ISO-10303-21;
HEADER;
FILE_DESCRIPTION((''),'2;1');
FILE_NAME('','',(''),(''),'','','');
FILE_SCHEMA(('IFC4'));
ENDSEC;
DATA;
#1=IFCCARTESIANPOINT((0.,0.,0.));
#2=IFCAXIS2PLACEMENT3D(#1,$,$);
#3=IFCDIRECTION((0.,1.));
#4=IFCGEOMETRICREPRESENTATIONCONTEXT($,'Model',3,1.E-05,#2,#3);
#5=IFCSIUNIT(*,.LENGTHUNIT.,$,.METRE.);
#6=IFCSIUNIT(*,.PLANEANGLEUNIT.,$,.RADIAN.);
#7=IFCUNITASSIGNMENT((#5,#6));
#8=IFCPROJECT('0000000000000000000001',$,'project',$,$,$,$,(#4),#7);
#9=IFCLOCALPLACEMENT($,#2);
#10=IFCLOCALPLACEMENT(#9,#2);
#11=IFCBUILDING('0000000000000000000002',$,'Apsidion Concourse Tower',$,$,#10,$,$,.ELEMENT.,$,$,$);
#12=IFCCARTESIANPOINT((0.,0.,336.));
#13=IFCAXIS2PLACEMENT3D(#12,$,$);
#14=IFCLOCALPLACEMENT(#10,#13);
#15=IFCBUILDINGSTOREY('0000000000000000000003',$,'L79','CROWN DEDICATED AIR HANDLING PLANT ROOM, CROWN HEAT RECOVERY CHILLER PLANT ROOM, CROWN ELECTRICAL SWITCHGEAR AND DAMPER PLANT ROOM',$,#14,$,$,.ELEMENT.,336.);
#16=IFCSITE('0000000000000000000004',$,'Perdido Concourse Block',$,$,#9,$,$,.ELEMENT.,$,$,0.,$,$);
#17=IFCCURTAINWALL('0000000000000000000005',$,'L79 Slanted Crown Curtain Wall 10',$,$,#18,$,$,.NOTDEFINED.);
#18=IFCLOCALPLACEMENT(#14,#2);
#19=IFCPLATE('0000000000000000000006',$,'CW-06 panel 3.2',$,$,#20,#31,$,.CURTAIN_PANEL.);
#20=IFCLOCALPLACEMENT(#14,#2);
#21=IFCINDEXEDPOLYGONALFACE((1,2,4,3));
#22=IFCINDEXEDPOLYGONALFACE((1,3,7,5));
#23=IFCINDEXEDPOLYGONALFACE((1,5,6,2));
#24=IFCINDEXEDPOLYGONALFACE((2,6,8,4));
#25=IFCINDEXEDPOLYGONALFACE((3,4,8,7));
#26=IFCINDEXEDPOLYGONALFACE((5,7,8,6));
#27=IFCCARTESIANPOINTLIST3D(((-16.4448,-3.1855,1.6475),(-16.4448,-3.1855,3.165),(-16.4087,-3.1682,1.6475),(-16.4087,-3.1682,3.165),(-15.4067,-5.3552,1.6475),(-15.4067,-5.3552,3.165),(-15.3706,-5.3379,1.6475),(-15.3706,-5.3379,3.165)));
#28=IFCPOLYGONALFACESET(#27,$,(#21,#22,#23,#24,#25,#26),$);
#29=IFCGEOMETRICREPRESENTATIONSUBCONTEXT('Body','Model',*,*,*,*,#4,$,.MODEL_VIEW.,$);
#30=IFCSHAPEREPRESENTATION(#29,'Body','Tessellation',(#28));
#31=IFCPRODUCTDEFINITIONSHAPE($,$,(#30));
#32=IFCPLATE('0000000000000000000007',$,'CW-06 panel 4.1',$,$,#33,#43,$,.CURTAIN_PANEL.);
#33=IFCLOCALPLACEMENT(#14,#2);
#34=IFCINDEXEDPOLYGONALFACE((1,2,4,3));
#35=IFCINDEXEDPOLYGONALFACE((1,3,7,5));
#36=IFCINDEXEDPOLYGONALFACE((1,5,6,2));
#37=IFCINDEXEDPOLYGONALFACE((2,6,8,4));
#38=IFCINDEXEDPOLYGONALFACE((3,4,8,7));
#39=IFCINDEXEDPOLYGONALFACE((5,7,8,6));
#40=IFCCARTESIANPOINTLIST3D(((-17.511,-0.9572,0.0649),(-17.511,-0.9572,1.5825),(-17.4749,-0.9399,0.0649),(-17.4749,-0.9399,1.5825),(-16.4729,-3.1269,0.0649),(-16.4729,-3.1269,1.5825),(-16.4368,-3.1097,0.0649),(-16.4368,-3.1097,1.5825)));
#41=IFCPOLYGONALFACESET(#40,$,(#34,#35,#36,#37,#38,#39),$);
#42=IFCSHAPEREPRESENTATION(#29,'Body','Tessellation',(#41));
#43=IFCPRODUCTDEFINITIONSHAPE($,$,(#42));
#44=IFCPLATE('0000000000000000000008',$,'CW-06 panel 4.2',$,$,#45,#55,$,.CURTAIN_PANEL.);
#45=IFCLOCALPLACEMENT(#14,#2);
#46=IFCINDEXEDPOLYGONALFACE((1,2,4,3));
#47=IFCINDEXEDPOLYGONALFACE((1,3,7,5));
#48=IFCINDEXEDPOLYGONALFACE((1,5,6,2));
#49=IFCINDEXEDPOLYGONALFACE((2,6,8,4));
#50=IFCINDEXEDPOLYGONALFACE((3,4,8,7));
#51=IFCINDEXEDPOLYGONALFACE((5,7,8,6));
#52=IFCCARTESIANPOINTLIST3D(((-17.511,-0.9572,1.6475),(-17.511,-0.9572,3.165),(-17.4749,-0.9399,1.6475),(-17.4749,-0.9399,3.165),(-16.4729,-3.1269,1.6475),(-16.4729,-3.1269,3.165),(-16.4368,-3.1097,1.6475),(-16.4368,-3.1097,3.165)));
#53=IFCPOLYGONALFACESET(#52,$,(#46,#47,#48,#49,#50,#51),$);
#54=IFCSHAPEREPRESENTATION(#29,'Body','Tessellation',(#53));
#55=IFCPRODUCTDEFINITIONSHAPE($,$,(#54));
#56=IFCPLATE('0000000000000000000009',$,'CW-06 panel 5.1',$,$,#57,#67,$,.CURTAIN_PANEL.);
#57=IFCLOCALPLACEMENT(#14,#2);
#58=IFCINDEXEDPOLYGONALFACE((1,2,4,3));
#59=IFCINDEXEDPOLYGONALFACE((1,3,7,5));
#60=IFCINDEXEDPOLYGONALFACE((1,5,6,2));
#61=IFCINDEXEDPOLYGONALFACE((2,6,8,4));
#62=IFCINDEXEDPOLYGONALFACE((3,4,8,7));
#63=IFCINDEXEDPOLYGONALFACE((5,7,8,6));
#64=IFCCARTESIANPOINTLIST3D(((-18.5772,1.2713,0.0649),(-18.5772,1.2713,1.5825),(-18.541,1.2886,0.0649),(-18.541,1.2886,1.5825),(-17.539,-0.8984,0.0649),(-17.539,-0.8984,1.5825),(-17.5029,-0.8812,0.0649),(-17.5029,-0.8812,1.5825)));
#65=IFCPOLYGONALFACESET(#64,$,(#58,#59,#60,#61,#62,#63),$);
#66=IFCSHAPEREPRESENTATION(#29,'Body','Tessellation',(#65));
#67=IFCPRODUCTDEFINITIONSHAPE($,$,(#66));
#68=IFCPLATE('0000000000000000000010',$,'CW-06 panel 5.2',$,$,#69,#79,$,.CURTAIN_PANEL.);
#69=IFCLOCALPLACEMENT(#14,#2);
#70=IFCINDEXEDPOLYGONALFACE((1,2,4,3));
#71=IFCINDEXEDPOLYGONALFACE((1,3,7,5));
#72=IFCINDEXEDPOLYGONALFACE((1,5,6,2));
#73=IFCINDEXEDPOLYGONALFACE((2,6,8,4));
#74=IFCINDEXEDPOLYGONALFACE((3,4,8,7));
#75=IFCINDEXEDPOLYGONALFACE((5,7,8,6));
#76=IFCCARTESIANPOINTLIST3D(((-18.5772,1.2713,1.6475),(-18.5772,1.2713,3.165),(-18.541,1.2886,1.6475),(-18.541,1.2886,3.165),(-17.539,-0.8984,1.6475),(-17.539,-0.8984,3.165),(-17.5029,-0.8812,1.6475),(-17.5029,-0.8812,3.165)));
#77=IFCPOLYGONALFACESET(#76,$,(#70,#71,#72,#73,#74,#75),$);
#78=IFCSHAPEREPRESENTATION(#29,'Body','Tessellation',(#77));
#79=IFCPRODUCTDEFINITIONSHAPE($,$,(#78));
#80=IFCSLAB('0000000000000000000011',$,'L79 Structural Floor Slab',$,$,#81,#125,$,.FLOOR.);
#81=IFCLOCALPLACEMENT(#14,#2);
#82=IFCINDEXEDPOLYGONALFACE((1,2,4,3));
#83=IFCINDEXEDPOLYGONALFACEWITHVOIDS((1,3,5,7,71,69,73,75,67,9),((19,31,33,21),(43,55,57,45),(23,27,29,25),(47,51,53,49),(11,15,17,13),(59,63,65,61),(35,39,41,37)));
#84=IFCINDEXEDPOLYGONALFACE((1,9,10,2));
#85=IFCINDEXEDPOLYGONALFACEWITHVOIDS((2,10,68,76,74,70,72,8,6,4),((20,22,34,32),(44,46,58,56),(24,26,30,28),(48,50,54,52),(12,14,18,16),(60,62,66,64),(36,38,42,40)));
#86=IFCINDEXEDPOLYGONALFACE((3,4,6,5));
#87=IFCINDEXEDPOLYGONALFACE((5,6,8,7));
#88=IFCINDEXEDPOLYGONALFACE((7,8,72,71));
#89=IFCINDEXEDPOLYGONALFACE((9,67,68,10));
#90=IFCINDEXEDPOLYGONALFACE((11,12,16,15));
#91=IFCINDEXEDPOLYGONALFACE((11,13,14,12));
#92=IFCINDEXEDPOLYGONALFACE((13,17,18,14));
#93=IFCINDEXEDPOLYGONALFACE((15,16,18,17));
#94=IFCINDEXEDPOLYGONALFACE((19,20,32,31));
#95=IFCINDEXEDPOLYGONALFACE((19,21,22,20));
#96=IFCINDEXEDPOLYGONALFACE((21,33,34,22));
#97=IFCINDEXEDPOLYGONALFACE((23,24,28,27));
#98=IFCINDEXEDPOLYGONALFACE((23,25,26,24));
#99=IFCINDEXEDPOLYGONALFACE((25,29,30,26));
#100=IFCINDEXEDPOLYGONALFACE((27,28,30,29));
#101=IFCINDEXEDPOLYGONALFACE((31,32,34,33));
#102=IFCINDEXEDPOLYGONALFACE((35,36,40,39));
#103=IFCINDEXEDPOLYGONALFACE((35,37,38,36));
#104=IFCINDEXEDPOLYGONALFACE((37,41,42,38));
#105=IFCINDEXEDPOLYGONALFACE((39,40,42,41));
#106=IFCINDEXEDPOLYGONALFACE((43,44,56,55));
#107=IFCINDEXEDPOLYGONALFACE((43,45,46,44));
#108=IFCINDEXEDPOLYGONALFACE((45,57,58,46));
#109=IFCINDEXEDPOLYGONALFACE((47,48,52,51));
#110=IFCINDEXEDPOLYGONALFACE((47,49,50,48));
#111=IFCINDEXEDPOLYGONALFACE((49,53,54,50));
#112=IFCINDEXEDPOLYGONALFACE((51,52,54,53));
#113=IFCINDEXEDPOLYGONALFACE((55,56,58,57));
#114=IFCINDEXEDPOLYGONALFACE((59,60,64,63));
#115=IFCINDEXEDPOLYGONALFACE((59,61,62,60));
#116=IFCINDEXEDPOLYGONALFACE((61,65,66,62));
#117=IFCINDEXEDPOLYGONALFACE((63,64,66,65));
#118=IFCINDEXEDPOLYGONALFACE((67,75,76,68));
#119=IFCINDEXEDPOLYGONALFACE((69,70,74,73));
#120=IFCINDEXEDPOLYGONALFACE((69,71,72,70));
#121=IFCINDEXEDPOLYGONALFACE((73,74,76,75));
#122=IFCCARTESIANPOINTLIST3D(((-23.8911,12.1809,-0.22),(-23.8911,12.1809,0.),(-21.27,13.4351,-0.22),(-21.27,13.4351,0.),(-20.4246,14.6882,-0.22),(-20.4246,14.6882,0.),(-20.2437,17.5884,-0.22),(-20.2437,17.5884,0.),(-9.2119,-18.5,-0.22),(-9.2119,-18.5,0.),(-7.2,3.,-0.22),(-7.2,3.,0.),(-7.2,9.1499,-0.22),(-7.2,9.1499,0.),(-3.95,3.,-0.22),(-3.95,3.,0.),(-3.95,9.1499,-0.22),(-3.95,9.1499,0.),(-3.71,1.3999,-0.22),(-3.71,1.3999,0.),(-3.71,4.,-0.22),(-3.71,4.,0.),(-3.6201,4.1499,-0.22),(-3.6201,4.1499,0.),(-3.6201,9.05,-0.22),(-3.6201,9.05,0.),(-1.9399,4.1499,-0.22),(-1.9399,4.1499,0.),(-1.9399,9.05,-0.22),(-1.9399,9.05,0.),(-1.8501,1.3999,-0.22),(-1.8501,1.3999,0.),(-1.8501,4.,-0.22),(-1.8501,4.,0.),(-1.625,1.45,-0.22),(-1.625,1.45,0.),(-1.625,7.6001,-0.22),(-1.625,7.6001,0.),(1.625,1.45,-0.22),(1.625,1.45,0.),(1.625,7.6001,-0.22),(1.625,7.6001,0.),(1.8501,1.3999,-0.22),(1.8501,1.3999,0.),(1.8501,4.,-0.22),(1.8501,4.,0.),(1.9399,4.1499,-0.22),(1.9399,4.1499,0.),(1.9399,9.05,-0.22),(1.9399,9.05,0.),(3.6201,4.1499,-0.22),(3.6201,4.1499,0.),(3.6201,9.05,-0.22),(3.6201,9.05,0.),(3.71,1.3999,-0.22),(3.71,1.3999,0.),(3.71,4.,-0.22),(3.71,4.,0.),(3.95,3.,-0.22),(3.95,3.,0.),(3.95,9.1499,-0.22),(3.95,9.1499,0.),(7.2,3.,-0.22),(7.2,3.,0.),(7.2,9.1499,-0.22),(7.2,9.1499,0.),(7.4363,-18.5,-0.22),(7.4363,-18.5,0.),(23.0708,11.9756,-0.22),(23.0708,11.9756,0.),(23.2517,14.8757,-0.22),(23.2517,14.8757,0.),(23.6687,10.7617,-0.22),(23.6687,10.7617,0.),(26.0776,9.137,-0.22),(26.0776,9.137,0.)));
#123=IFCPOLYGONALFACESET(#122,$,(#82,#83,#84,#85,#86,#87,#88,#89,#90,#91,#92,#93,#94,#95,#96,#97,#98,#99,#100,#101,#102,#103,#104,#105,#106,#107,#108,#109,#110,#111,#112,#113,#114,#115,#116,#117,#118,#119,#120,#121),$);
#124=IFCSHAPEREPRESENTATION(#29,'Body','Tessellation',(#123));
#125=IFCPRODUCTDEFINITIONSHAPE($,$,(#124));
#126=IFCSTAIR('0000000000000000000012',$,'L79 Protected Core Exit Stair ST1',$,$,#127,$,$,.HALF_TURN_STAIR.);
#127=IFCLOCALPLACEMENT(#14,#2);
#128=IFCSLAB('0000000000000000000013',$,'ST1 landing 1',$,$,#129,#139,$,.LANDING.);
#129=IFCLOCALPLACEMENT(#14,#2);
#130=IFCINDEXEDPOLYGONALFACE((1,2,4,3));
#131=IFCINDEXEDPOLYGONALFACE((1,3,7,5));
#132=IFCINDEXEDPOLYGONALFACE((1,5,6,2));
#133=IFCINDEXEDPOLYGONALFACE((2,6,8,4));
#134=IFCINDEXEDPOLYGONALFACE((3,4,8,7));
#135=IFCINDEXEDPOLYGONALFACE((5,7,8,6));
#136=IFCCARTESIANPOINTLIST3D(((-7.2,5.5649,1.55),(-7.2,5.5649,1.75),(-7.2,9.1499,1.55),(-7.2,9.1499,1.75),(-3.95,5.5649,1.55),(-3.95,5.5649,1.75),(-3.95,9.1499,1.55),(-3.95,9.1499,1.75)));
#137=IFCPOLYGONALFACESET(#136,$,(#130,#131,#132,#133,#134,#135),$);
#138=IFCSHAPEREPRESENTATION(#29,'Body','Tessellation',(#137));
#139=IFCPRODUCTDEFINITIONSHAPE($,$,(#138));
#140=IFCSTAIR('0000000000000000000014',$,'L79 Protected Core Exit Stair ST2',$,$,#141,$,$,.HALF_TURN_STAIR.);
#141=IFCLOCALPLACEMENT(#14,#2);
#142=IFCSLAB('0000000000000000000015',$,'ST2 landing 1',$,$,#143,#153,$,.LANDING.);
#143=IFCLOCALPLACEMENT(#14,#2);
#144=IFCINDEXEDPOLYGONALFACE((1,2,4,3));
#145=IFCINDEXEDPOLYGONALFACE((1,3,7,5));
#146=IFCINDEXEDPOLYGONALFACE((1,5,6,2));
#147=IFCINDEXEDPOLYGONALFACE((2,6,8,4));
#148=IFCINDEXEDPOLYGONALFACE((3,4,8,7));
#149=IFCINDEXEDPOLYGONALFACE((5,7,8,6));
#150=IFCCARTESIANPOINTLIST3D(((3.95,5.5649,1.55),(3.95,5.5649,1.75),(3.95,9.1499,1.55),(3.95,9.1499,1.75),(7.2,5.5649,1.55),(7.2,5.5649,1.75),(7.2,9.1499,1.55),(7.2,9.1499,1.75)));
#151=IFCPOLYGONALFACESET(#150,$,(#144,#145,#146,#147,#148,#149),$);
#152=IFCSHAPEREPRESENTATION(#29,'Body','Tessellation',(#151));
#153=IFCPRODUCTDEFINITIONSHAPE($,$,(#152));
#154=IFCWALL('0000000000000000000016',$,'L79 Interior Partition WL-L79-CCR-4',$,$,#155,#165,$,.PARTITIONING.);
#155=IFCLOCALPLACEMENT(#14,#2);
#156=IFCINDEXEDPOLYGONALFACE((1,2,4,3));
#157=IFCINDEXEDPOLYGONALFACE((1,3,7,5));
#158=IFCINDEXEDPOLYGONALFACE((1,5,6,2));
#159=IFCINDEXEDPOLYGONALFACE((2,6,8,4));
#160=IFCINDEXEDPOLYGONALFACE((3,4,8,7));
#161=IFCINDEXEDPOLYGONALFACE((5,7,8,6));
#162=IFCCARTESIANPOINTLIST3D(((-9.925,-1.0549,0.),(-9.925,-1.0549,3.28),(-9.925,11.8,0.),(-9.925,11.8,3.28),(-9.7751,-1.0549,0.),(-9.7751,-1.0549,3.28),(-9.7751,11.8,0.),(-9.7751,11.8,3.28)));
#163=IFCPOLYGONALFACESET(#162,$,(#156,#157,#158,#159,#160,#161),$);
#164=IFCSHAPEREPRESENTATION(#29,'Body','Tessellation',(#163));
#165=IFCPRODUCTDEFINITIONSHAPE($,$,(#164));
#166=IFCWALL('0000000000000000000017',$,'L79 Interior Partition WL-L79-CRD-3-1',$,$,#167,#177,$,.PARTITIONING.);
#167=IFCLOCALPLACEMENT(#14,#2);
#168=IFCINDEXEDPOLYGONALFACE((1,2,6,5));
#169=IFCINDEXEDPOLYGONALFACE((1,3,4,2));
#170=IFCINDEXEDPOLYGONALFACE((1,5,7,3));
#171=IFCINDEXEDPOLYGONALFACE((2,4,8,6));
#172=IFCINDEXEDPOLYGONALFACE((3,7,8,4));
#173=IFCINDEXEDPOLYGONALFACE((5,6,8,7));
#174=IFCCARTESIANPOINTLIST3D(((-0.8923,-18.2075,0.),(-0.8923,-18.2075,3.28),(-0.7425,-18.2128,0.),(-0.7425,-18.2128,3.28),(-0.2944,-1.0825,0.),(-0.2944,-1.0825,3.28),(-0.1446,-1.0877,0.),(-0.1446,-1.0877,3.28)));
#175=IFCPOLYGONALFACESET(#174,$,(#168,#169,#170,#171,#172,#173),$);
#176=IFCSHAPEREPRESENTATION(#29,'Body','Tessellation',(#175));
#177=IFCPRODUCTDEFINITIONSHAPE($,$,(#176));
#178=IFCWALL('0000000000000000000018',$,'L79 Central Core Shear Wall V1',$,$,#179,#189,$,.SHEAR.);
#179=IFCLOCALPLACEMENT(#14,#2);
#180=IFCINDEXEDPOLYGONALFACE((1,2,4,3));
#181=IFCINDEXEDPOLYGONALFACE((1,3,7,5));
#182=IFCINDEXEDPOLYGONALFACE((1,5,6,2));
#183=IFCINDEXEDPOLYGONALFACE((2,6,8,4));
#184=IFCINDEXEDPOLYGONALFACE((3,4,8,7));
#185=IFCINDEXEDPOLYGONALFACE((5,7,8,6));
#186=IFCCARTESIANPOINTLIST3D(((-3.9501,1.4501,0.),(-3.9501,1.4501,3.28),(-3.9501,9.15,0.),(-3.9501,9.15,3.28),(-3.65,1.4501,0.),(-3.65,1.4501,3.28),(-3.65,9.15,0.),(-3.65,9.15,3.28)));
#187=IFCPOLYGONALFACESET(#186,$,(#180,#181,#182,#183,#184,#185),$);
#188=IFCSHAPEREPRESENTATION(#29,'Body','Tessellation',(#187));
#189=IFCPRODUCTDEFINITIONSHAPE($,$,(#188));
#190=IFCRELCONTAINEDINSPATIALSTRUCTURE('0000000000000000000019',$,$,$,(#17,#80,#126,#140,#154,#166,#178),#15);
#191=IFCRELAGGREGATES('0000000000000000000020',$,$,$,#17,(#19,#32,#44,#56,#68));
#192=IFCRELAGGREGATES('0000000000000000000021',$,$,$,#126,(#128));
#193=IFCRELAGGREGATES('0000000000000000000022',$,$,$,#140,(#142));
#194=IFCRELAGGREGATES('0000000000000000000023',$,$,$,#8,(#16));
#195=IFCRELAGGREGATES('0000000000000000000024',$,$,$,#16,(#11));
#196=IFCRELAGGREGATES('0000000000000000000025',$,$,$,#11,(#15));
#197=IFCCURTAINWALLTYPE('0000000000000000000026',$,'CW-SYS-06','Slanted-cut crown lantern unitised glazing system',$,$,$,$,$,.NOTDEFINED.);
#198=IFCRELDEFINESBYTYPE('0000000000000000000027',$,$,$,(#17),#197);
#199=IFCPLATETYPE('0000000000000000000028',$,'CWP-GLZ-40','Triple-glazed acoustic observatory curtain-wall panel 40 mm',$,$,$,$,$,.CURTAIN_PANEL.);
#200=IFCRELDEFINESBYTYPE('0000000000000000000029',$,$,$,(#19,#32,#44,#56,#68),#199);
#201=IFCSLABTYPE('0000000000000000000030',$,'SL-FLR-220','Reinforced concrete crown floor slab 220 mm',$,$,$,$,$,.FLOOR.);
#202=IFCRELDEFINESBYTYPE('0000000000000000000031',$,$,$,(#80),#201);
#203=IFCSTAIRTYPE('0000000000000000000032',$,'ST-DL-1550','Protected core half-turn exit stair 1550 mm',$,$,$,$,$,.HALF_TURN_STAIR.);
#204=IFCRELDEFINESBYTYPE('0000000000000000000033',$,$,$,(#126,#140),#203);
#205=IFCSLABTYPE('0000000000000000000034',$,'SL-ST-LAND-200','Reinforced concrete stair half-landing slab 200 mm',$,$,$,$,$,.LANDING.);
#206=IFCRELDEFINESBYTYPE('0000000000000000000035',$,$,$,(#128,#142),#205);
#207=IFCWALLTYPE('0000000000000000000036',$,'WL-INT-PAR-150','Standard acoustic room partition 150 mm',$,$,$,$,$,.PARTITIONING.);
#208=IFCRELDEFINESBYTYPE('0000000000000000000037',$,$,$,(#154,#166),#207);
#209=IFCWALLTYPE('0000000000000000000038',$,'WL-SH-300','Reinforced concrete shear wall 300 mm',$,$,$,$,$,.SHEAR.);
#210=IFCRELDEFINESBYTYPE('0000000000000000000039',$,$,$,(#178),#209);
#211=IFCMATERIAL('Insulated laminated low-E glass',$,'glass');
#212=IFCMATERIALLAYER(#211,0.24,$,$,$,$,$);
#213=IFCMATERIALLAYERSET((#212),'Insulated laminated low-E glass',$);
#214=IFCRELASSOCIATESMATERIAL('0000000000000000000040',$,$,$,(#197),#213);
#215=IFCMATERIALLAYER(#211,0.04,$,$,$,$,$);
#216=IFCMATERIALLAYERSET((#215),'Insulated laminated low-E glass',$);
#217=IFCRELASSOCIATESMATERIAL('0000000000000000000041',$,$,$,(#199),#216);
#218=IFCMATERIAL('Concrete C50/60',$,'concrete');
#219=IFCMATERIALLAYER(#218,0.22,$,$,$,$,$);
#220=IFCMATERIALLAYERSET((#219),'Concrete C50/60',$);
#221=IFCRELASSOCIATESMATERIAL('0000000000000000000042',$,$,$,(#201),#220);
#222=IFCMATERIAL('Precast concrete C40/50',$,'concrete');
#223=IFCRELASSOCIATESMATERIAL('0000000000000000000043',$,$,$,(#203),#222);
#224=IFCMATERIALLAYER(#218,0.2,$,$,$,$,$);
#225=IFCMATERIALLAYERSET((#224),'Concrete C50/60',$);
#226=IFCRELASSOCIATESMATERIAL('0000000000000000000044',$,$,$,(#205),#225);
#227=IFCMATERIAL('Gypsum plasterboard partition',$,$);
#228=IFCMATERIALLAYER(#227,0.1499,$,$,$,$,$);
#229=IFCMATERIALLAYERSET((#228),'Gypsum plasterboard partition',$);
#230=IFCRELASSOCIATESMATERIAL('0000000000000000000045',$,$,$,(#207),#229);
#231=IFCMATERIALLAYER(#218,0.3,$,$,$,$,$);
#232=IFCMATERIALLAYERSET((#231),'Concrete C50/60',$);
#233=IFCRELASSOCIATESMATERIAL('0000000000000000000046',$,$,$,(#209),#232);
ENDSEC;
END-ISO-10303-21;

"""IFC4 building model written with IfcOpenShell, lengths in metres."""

from ifc_helpers import new_model, si_unit, direction, frame, frame_2d, origin, origin_2d, place, context, subcontext, project, spatial, polyline, rectangle, outline, extrude, material, layer, layer_set, type_object, element, aggregate, save


model = new_model("IFC4")

# Units and contexts
model_context = context("Model", 3, precision=1e-05, world=origin(), true_north=direction((0.0, 1.0)))
body_context = subcontext(model_context, "Body", "Model", "MODEL_VIEW")
ifc_project = project(units=[si_unit("LENGTHUNIT", "METRE"), si_unit("PLANEANGLEUNIT", "RADIAN")], contexts=[model_context])

# Site, building, storey
site_placement = place(None, origin())
site = spatial("IfcSite", under=ifc_project, at=site_placement, Name="Perdido Concourse Block", CompositionType="ELEMENT", RefElevation=0.0)
building_placement = place(site_placement, origin())
building = spatial("IfcBuilding", under=site, at=building_placement, Name="Apsidion Concourse Tower", CompositionType="ELEMENT")
storey_placement = place(building_placement, frame((0.0, 0.0, 336.0)))
storey = spatial("IfcBuildingStorey", under=building, at=storey_placement, Name="L79", Description="CROWN DEDICATED AIR HANDLING PLANT ROOM, CROWN HEAT RECOVERY CHILLER PLANT ROOM, CROWN ELECTRICAL SWITCHGEAR AND DAMPER PLANT ROOM", CompositionType="ELEMENT", Elevation=336.0)

# Shared definitions
ifc_material_1 = material(Name="Concrete C50/60", Category="concrete")

# Curtain wall, plates
ifc_material_2 = material(Name="Insulated laminated low-E glass", Category="glass")
ifc_layer_1 = layer(ifc_material_2, 0.24)
ifc_layer_set_1 = layer_set([ifc_layer_1], Name="Insulated laminated low-E glass")
curtain_wall_type = type_object("IfcCurtainWallType", Name="CW-SYS-06", Description="Slanted-cut crown lantern unitised glazing system", PredefinedType="NOTDEFINED", material=ifc_layer_set_1)
curtain_wall_placement = place(storey_placement, origin())
curtain_wall = element("IfcCurtainWall", 1, at=curtain_wall_placement, inside=storey, type_object=curtain_wall_type, Name="L79 Slanted Crown Curtain Wall 10", PredefinedType="NOTDEFINED")
ifc_layer_2 = layer(ifc_material_2, 0.04)
ifc_layer_set_2 = layer_set([ifc_layer_2], Name="Insulated laminated low-E glass")
plate_type = type_object("IfcPlateType", Name="CWP-GLZ-40", Description="Triple-glazed acoustic observatory curtain-wall panel 40 mm", PredefinedType="CURTAIN_PANEL", material=ifc_layer_set_2)
plate_1_placement = place(storey_placement, frame((-15.9077, -4.2617, 1.6475), z_axis=(0.0, 0.0, 1.0), x_axis=(-0.431596, 0.902067, 0.0)))
plate_1 = element("IfcPlate", 2, at=plate_1_placement, type_object=plate_type, Name="CW-06 panel 3.2", PredefinedType="CURTAIN_PANEL", context=body_context, shape_type="SweptSolid", body=[
    extrude(rectangle(XDim=2.4053, YDim=0.04, at=origin_2d()), origin(), (0.0, 0.0, 1.0), 1.5176),
])
plate_2_placement = place(storey_placement, frame((-16.9739, -2.0334, 0.0649), z_axis=(0.0, 0.0, 1.0), x_axis=(-0.431596, 0.902067, 0.0)))
plate_2 = element("IfcPlate", 3, at=plate_2_placement, type_object=plate_type, Name="CW-06 panel 4.1", PredefinedType="CURTAIN_PANEL", context=body_context, shape_type="SweptSolid", body=[
    extrude(rectangle(XDim=2.4053, YDim=0.04, at=origin_2d()), origin(), (0.0, 0.0, 1.0), 1.5176),
])
plate_3_placement = place(storey_placement, frame((-16.9739, -2.0334, 1.6475), z_axis=(0.0, 0.0, 1.0), x_axis=(-0.431596, 0.902067, 0.0)))
plate_3 = element("IfcPlate", 4, at=plate_3_placement, type_object=plate_type, Name="CW-06 panel 4.2", PredefinedType="CURTAIN_PANEL", context=body_context, shape_type="SweptSolid", body=[
    extrude(rectangle(XDim=2.4053, YDim=0.04, at=origin_2d()), origin(), (0.0, 0.0, 1.0), 1.5176),
])
plate_4_placement = place(storey_placement, frame((-18.04, 0.1951, 0.0649), z_axis=(0.0, 0.0, 1.0), x_axis=(-0.431596, 0.902067, 0.0)))
plate_4 = element("IfcPlate", 5, at=plate_4_placement, type_object=plate_type, Name="CW-06 panel 5.1", PredefinedType="CURTAIN_PANEL", context=body_context, shape_type="SweptSolid", body=[
    extrude(rectangle(XDim=2.4053, YDim=0.04, at=origin_2d()), origin(), (0.0, 0.0, 1.0), 1.5176),
])
plate_5_placement = place(storey_placement, frame((-18.04, 0.1951, 1.6475), z_axis=(0.0, 0.0, 1.0), x_axis=(-0.431596, 0.902067, 0.0)))
plate_5 = element("IfcPlate", 6, at=plate_5_placement, type_object=plate_type, Name="CW-06 panel 5.2", PredefinedType="CURTAIN_PANEL", context=body_context, shape_type="SweptSolid", body=[
    extrude(rectangle(XDim=2.4053, YDim=0.04, at=origin_2d()), origin(), (0.0, 0.0, 1.0), 1.5176),
])
aggregate(curtain_wall, [plate_1, plate_2, plate_3, plate_4, plate_5])

# Slab
ifc_layer_3 = layer(ifc_material_1, 0.22)
ifc_layer_set_3 = layer_set([ifc_layer_3], Name="Concrete C50/60")
slab_type_1 = type_object("IfcSlabType", Name="SL-FLR-220", Description="Reinforced concrete crown floor slab 220 mm", PredefinedType="FLOOR", material=ifc_layer_set_3)
slab_1_placement = place(storey_placement, frame((0.0, 0.0, -0.22)))
element("IfcSlab", 7, at=slab_1_placement, inside=storey, type_object=slab_type_1, Name="L79 Structural Floor Slab", PredefinedType="FLOOR", context=body_context, shape_type="SweptSolid", body=[
    extrude(outline(polyline([(-23.8911, 12.1809), (-21.27, 13.4351), (-20.4246, 14.6882), (-20.2437, 17.5884), (23.2517, 14.8757), (23.0708, 11.9756), (23.6687, 10.7617), (26.0776, 9.137), (7.4363, -18.5), (-9.2119, -18.5), (-23.8911, 12.1809)]), holes=[polyline([(-3.95, 3.0), (-3.95, 9.1499), (-7.2, 9.1499), (-7.2, 3.0), (-3.95, 3.0)]), polyline([(7.2, 3.0), (7.2, 9.1499), (3.95, 9.1499), (3.95, 3.0), (7.2, 3.0)]), polyline([(-1.625, 7.6001), (-1.625, 1.45), (1.625, 1.45), (1.625, 7.6001), (-1.625, 7.6001)]), polyline([(-3.71, 1.3999), (-1.8501, 1.3999), (-1.8501, 4.0), (-3.71, 4.0), (-3.71, 1.3999)]), polyline([(1.8501, 1.3999), (3.71, 1.3999), (3.71, 4.0), (1.8501, 4.0), (1.8501, 1.3999)]), polyline([(-3.6201, 4.1499), (-1.9399, 4.1499), (-1.9399, 9.05), (-3.6201, 9.05), (-3.6201, 4.1499)]), polyline([(1.9399, 4.1499), (3.6201, 4.1499), (3.6201, 9.05), (1.9399, 9.05), (1.9399, 4.1499)])]), origin(), (0.0, 0.0, 1.0), 0.22),
])

# Stairs, slabs
ifc_material_3 = material(Name="Precast concrete C40/50", Category="concrete")
stair_type = type_object("IfcStairType", Name="ST-DL-1550", Description="Protected core half-turn exit stair 1550 mm", PredefinedType="HALF_TURN_STAIR", material=ifc_material_3)
stair_1_placement = place(storey_placement, origin())
stair_1 = element("IfcStair", 8, at=stair_1_placement, inside=storey, type_object=stair_type, Name="L79 Protected Core Exit Stair ST1", PredefinedType="HALF_TURN_STAIR")
ifc_layer_4 = layer(ifc_material_1, 0.2)
ifc_layer_set_4 = layer_set([ifc_layer_4], Name="Concrete C50/60")
slab_type_2 = type_object("IfcSlabType", Name="SL-ST-LAND-200", Description="Reinforced concrete stair half-landing slab 200 mm", PredefinedType="LANDING", material=ifc_layer_set_4)
slab_2_placement = place(storey_placement, frame((0.0, 0.0, 1.55)))
slab_2 = element("IfcSlab", 9, at=slab_2_placement, type_object=slab_type_2, Name="ST1 landing 1", PredefinedType="LANDING", context=body_context, shape_type="SweptSolid", body=[
    extrude(outline(polyline([(-3.95, 5.5649), (-3.95, 9.1499), (-7.2, 9.1499), (-7.2, 5.5649), (-3.95, 5.5649)])), origin(), (0.0, 0.0, 1.0), 0.2),
])
aggregate(stair_1, [slab_2])
stair_2_placement = place(storey_placement, origin())
stair_2 = element("IfcStair", 10, at=stair_2_placement, inside=storey, type_object=stair_type, Name="L79 Protected Core Exit Stair ST2", PredefinedType="HALF_TURN_STAIR")
slab_3_placement = place(storey_placement, frame((0.0, 0.0, 1.55)))
slab_3 = element("IfcSlab", 11, at=slab_3_placement, type_object=slab_type_2, Name="ST2 landing 1", PredefinedType="LANDING", context=body_context, shape_type="SweptSolid", body=[
    extrude(outline(polyline([(7.2, 5.5649), (7.2, 9.1499), (3.95, 9.1499), (3.95, 5.5649), (7.2, 5.5649)])), origin(), (0.0, 0.0, 1.0), 0.2),
])
aggregate(stair_2, [slab_3])

# Walls
ifc_material_4 = material(Name="Gypsum plasterboard partition")
ifc_layer_5 = layer(ifc_material_4, 0.1499)
ifc_layer_set_5 = layer_set([ifc_layer_5], Name="Gypsum plasterboard partition")
wall_type_1 = type_object("IfcWallType", Name="WL-INT-PAR-150", Description="Standard acoustic room partition 150 mm", PredefinedType="PARTITIONING", material=ifc_layer_set_5)
wall_1_placement = place(storey_placement, frame((-9.8501, -1.0549, 0.0), z_axis=(0.0, 0.0, 1.0), x_axis=(0.0, 1.0, 0.0)))
element("IfcWall", 12, at=wall_1_placement, inside=storey, type_object=wall_type_1, Name="L79 Interior Partition WL-L79-CCR-4", PredefinedType="PARTITIONING", context=body_context, shape_type="SweptSolid", body=[
    extrude(rectangle(XDim=12.855, YDim=0.1499, at=frame_2d((6.4275, 0.0))), origin(), (0.0, 0.0, 1.0), 3.28),
])
wall_2_placement = place(storey_placement, frame((-0.2195, -1.085, 0.0), z_axis=(0.0, 0.0, 1.0), x_axis=(-0.034893, -0.999391, 0.0)))
element("IfcWall", 13, at=wall_2_placement, inside=storey, type_object=wall_type_1, Name="L79 Interior Partition WL-L79-CRD-3-1", PredefinedType="PARTITIONING", context=body_context, shape_type="SweptSolid", body=[
    extrude(rectangle(XDim=17.1355, YDim=0.1499, at=frame_2d((8.5679, 0.0))), origin(), (0.0, 0.0, 1.0), 3.28),
])
ifc_layer_6 = layer(ifc_material_1, 0.3)
ifc_layer_set_6 = layer_set([ifc_layer_6], Name="Concrete C50/60")
wall_type_2 = type_object("IfcWallType", Name="WL-SH-300", Description="Reinforced concrete shear wall 300 mm", PredefinedType="SHEAR", material=ifc_layer_set_6)
wall_3_placement = place(storey_placement, frame((-3.8, 1.45, 0.0), z_axis=(0.0, 0.0, 1.0), x_axis=(0.0, 1.0, 0.0)))
element("IfcWall", 14, at=wall_3_placement, inside=storey, type_object=wall_type_2, Name="L79 Central Core Shear Wall V1", PredefinedType="SHEAR", context=body_context, shape_type="SweptSolid", body=[
    extrude(rectangle(XDim=7.7, YDim=0.3, at=frame_2d((3.8501, 0.0))), origin(), (0.0, 0.0, 1.0), 3.28),
])

save(model, "model.ifc")
